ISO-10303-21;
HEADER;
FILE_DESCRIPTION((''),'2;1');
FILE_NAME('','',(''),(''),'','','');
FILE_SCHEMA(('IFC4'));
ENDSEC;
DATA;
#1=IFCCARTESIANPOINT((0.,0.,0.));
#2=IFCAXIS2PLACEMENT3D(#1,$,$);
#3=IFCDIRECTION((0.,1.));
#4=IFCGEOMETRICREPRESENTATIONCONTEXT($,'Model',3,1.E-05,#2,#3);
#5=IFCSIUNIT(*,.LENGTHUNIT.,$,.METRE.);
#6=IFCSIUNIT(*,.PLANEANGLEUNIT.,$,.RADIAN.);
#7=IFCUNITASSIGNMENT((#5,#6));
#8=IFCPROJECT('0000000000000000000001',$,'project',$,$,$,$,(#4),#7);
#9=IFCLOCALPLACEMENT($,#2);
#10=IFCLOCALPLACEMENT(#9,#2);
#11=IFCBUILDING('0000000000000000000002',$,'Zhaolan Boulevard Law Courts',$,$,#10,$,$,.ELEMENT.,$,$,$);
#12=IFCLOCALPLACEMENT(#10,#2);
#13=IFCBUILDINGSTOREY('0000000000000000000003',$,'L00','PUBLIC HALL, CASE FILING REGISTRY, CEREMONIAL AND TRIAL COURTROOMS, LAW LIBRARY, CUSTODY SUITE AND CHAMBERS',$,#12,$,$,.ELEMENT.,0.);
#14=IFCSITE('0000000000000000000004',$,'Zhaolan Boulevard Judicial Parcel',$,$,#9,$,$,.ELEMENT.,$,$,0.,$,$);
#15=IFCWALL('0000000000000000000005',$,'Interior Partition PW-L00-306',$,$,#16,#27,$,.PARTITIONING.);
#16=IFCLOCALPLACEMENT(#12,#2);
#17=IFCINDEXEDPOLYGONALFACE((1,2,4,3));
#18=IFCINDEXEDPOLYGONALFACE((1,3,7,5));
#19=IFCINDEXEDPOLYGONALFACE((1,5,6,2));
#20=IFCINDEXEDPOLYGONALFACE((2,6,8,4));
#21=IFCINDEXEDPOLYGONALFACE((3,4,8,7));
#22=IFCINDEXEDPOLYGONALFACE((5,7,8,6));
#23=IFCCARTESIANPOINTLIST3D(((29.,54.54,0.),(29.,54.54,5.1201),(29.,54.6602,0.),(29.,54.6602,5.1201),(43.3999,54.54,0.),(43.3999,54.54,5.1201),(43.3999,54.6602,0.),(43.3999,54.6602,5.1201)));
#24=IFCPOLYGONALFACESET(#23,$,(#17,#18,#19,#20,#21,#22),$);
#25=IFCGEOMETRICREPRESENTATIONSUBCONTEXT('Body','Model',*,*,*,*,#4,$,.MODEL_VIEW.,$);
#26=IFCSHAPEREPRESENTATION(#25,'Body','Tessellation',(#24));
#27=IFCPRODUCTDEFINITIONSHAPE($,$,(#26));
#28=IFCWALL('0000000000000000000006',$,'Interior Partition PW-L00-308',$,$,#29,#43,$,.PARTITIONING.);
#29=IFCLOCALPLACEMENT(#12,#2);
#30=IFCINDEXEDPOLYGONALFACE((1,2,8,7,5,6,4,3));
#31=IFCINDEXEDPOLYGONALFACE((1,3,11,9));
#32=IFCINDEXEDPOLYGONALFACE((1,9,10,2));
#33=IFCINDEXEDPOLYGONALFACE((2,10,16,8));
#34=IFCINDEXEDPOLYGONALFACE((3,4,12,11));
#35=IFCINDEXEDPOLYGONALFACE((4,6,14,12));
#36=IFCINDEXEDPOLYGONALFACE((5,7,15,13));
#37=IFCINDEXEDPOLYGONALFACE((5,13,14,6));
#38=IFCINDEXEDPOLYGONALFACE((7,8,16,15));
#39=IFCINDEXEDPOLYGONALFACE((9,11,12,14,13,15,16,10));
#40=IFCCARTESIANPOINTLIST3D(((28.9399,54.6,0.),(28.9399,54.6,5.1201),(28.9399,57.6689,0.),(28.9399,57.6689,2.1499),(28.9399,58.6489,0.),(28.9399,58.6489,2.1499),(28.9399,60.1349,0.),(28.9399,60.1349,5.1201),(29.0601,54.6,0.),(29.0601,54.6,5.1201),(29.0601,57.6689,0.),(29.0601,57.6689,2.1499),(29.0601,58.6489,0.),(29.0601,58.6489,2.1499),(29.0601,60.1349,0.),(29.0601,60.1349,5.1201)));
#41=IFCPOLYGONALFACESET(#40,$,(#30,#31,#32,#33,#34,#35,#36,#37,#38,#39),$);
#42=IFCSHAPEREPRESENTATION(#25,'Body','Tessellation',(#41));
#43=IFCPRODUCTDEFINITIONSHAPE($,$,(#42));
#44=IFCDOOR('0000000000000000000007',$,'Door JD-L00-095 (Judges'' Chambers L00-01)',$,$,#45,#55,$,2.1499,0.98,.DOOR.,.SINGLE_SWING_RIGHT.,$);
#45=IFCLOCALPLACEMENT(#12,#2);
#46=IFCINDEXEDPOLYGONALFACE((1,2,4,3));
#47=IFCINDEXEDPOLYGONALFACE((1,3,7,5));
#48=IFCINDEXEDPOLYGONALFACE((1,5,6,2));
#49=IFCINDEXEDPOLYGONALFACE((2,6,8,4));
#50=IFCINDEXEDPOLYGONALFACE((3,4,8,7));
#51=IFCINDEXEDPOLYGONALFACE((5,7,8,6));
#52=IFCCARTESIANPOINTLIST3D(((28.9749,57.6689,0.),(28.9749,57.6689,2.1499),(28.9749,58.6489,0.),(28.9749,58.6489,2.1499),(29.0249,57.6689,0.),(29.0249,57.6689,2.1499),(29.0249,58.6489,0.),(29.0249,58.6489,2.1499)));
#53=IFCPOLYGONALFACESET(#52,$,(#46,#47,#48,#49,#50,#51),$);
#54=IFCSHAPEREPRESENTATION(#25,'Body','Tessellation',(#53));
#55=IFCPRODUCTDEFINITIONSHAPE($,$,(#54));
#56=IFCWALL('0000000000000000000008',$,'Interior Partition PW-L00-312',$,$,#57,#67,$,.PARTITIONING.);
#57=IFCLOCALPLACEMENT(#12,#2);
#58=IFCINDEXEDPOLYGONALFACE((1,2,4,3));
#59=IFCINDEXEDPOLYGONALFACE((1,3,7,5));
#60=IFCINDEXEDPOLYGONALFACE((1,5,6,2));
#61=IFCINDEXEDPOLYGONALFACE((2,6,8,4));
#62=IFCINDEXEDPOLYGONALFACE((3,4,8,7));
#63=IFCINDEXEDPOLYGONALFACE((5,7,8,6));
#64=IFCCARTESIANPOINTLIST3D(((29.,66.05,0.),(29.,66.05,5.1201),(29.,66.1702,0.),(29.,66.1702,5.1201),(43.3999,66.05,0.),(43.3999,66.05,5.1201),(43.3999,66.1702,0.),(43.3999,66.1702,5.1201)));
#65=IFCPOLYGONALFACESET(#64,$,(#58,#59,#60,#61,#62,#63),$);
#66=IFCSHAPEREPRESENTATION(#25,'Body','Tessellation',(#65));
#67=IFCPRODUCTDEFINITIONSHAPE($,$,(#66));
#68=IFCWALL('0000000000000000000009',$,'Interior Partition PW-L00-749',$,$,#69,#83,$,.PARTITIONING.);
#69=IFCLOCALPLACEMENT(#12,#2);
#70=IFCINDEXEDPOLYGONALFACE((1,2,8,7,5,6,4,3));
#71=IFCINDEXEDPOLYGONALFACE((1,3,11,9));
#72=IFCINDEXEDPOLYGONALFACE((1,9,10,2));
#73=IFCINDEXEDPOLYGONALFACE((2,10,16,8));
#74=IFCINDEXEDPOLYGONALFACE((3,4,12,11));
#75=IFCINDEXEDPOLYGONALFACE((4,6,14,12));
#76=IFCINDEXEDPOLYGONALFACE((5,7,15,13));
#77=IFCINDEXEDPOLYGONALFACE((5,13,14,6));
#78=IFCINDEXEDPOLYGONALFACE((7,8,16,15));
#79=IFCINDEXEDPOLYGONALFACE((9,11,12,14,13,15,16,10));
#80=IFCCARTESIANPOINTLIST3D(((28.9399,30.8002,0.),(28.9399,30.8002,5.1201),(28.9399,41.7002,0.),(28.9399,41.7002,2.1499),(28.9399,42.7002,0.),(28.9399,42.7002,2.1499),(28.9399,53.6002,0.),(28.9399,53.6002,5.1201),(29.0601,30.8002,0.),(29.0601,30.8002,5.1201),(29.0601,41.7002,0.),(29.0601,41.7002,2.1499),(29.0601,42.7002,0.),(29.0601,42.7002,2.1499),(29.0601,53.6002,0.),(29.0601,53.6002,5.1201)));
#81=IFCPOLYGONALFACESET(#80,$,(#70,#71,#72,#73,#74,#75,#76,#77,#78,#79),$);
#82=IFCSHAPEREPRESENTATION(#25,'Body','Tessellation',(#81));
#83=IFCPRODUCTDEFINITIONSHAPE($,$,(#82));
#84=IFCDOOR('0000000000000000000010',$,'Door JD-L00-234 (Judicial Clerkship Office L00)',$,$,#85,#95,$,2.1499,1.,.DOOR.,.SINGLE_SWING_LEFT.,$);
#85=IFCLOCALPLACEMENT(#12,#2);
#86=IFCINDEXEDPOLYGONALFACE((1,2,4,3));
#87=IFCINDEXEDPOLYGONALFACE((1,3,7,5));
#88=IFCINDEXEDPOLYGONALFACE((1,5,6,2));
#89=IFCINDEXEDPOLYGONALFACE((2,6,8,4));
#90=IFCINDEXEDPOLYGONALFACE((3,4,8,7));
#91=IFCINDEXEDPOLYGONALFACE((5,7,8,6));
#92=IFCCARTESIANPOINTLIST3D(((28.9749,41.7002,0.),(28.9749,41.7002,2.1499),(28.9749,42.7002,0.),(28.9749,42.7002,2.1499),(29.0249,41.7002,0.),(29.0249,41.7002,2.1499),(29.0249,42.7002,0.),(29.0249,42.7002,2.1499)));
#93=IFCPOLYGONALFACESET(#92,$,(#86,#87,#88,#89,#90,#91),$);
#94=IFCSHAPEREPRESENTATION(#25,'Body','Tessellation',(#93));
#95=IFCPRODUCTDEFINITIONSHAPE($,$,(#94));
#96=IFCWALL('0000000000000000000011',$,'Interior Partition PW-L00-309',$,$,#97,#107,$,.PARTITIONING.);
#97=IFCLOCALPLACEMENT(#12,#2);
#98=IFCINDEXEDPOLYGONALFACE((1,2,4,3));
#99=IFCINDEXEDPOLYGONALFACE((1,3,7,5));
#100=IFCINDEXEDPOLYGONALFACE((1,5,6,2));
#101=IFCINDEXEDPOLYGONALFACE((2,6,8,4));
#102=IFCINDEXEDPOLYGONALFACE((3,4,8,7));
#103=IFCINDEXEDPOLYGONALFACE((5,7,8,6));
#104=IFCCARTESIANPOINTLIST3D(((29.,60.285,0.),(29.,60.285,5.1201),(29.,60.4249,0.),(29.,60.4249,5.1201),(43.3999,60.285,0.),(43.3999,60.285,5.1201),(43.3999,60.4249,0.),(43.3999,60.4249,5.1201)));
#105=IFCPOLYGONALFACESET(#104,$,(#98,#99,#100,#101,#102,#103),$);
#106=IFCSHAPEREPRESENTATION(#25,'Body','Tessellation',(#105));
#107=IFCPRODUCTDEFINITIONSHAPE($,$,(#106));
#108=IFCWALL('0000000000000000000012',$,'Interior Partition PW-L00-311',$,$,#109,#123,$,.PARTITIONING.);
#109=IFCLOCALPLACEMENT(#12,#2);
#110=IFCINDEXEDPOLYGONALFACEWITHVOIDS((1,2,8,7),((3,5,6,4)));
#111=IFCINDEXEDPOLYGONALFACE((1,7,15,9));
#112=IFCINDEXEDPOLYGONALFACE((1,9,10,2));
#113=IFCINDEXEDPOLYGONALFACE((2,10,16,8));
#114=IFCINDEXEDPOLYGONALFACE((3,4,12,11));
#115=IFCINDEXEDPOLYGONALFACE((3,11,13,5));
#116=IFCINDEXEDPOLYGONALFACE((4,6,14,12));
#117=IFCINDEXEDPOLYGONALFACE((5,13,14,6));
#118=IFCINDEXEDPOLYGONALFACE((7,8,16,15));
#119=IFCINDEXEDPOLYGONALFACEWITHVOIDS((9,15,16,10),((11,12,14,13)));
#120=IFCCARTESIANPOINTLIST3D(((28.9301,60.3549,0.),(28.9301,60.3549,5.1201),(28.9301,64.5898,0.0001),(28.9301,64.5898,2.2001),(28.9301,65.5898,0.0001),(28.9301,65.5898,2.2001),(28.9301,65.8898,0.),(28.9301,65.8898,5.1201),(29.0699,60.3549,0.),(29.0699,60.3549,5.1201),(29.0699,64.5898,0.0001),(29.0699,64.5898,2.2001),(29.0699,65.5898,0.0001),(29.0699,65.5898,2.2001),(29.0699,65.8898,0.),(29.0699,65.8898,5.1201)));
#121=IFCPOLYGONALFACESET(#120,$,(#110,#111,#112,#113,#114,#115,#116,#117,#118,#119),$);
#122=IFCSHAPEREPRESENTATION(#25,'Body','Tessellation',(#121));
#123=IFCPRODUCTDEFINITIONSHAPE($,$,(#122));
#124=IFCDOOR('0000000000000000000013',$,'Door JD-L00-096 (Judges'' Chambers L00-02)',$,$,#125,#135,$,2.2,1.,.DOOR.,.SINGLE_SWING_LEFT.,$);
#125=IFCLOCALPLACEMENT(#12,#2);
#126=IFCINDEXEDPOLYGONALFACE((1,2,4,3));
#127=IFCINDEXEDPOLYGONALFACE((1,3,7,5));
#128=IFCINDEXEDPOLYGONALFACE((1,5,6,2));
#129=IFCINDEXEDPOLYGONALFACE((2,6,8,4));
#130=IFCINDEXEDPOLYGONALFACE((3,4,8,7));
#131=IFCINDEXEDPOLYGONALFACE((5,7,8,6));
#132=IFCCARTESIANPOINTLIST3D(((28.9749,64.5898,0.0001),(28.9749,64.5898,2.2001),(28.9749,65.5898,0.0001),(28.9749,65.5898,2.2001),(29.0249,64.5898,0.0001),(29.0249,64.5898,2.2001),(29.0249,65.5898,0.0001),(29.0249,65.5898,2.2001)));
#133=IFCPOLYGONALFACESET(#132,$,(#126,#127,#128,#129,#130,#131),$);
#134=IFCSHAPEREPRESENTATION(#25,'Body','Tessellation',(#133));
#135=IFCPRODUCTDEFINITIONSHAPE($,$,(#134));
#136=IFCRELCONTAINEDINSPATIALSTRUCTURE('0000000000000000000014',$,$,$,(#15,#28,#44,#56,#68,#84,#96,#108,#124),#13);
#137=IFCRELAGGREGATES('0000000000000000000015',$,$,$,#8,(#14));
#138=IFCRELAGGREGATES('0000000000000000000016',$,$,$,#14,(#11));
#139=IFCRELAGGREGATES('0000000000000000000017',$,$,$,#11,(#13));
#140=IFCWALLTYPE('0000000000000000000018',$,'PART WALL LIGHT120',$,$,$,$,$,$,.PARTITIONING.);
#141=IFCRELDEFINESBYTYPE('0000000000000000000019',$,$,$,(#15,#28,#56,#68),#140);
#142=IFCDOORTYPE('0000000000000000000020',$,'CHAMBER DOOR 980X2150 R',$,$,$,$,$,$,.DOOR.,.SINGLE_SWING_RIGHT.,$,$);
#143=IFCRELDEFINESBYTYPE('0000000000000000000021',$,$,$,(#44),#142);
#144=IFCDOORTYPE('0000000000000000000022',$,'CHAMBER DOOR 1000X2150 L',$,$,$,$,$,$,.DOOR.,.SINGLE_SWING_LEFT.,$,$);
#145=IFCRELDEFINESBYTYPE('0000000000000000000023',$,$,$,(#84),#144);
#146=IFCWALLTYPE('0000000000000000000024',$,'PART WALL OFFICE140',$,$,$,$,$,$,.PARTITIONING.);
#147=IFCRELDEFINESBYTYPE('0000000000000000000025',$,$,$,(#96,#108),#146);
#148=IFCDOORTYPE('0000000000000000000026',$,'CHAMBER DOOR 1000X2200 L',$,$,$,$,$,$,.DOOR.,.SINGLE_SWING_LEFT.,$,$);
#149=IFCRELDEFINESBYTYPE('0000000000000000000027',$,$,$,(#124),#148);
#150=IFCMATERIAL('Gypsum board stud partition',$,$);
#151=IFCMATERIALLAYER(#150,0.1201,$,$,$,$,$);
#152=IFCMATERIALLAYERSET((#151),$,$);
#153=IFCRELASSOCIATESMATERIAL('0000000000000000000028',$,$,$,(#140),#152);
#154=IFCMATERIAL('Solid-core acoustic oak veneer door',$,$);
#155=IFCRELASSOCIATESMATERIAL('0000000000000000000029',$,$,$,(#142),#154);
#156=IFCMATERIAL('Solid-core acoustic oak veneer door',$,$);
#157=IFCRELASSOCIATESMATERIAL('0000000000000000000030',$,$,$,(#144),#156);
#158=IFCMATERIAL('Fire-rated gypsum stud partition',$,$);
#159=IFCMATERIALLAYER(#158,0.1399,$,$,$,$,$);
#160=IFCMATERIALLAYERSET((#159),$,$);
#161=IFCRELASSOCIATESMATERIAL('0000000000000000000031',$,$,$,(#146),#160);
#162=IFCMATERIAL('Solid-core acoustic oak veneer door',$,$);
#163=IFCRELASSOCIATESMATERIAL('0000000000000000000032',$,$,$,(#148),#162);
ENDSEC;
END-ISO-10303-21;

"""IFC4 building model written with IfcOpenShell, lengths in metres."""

from ifc_helpers import new_model, si_unit, direction, frame, frame_2d, origin, place, context, subcontext, project, spatial, rectangle, extrude, material, layer, layer_set, type_object, element, fill, save


model = new_model("IFC4")

# Units and contexts
model_context = context("Model", 3, precision=1e-05, world=origin(), true_north=direction((0.0, 1.0)))
body_context = subcontext(model_context, "Body", "Model", "MODEL_VIEW")
ifc_project = project(units=[si_unit("LENGTHUNIT", "METRE"), si_unit("PLANEANGLEUNIT", "RADIAN")], contexts=[model_context])

# Site, building, storey
site_placement = place(None, origin())
site = spatial("IfcSite", under=ifc_project, at=site_placement, Name="Zhaolan Boulevard Judicial Parcel", CompositionType="ELEMENT", RefElevation=0.0)
building_placement = place(site_placement, origin())
building = spatial("IfcBuilding", under=site, at=building_placement, Name="Zhaolan Boulevard Law Courts", CompositionType="ELEMENT")
storey_placement = place(building_placement, origin())
storey = spatial("IfcBuildingStorey", under=building, at=storey_placement, Name="L00", Description="PUBLIC HALL, CASE FILING REGISTRY, CEREMONIAL AND TRIAL COURTROOMS, LAW LIBRARY, CUSTODY SUITE AND CHAMBERS", CompositionType="ELEMENT", Elevation=0.0)

# Wall
ifc_material_1 = material(Name="Gypsum board stud partition")
ifc_layer_1 = layer(ifc_material_1, 0.1201)
ifc_layer_set_1 = layer_set([ifc_layer_1])
wall_type_1 = type_object("IfcWallType", Name="PART WALL LIGHT120", PredefinedType="PARTITIONING", material=ifc_layer_set_1)
wall_1_placement = place(storey_placement, frame((29.0, 54.6001, 0.0), z_axis=(0.0, 0.0, 1.0), x_axis=(1.0, 0.0, 0.0)))
element("IfcWall", 1, at=wall_1_placement, inside=storey, type_object=wall_type_1, Name="Interior Partition PW-L00-306", PredefinedType="PARTITIONING", context=body_context, shape_type="SweptSolid", body=[
    extrude(rectangle(XDim=14.3999, YDim=0.1201, at=frame_2d((7.2, 0.0))), origin(), (0.0, 0.0, 1.0), 5.1201),
])

# Wall, opening, door
wall_2_placement = place(storey_placement, frame((29.0, 60.135, 0.0), z_axis=(0.0, 0.0, 1.0), x_axis=(0.0, -1.0, 0.0)))
wall_2 = element("IfcWall", 2, at=wall_2_placement, inside=storey, type_object=wall_type_1, Name="Interior Partition PW-L00-308", PredefinedType="PARTITIONING", context=body_context, shape_type="SweptSolid", body=[
    extrude(rectangle(XDim=5.5349, YDim=0.1201, at=frame_2d((2.7676, 0.0))), origin(), (0.0, 0.0, 1.0), 5.1201),
])
opening_1_placement = place(wall_2_placement, frame((1.4861, 0.0, 0.0)))
opening_1 = element("IfcOpeningElement", 3, at=opening_1_placement, cuts=wall_2, PredefinedType="OPENING", context=body_context, shape_type="SweptSolid", body=[
    extrude(rectangle(XDim=0.98, YDim=2.1499, at=frame_2d((0.49, 1.075))), frame((0.0, 0.0701, 0.0), z_axis=(0.0, -1.0, 0.0), x_axis=(1.0, 0.0, 0.0)), (0.0, 0.0, 1.0), 0.1401),
])
ifc_material_2 = material(Name="Solid-core acoustic oak veneer door")
door_type_1 = type_object("IfcDoorType", Name="CHAMBER DOOR 980X2150 R", OperationType="SINGLE_SWING_RIGHT", PredefinedType="DOOR", material=ifc_material_2)
door_1_placement = place(opening_1_placement, origin())
door_1 = element("IfcDoor", 4, at=door_1_placement, inside=storey, type_object=door_type_1, Name="Door JD-L00-095 (Judges' Chambers L00-01)", OperationType="SINGLE_SWING_RIGHT", OverallHeight=2.1499, OverallWidth=0.98, PredefinedType="DOOR", context=body_context, shape_type="SweptSolid", body=[
    extrude(rectangle(XDim=0.98, YDim=2.1499, at=frame_2d((0.49, 1.075))), frame((0.0, 0.0249, 0.0), z_axis=(0.0, -1.0, 0.0), x_axis=(1.0, 0.0, 0.0)), (0.0, 0.0, 1.0), 0.05),
])
fill(opening_1, door_1)

# Wall
wall_3_placement = place(storey_placement, frame((29.0, 66.1101, 0.0), z_axis=(0.0, 0.0, 1.0), x_axis=(1.0, 0.0, 0.0)))
element("IfcWall", 5, at=wall_3_placement, inside=storey, type_object=wall_type_1, Name="Interior Partition PW-L00-312", PredefinedType="PARTITIONING", context=body_context, shape_type="SweptSolid", body=[
    extrude(rectangle(XDim=14.3999, YDim=0.1201, at=frame_2d((7.2, 0.0))), origin(), (0.0, 0.0, 1.0), 5.1201),
])

# Wall, opening, door
wall_4_placement = place(storey_placement, frame((29.0, 53.6001, 0.0), z_axis=(0.0, 0.0, 1.0), x_axis=(0.0, -1.0, 0.0)))
wall_4 = element("IfcWall", 6, at=wall_4_placement, inside=storey, type_object=wall_type_1, Name="Interior Partition PW-L00-749", PredefinedType="PARTITIONING", context=body_context, shape_type="SweptSolid", body=[
    extrude(rectangle(XDim=22.8, YDim=0.1201, at=frame_2d((11.3999, 0.0))), origin(), (0.0, 0.0, 1.0), 5.1201),
])
opening_2_placement = place(wall_4_placement, frame((10.8999, 0.0, 0.0)))
opening_2 = element("IfcOpeningElement", 7, at=opening_2_placement, cuts=wall_4, PredefinedType="OPENING", context=body_context, shape_type="SweptSolid", body=[
    extrude(rectangle(XDim=1.0, YDim=2.1499, at=frame_2d((0.5, 1.075))), frame((0.0, 0.0701, 0.0), z_axis=(0.0, -1.0, 0.0), x_axis=(1.0, 0.0, 0.0)), (0.0, 0.0, 1.0), 0.1401),
])
ifc_material_3 = material(Name="Solid-core acoustic oak veneer door")
door_type_2 = type_object("IfcDoorType", Name="CHAMBER DOOR 1000X2150 L", OperationType="SINGLE_SWING_LEFT", PredefinedType="DOOR", material=ifc_material_3)
door_2_placement = place(opening_2_placement, origin())
door_2 = element("IfcDoor", 8, at=door_2_placement, inside=storey, type_object=door_type_2, Name="Door JD-L00-234 (Judicial Clerkship Office L00)", OperationType="SINGLE_SWING_LEFT", OverallHeight=2.1499, OverallWidth=1.0, PredefinedType="DOOR", context=body_context, shape_type="SweptSolid", body=[
    extrude(rectangle(XDim=1.0, YDim=2.1499, at=frame_2d((0.5, 1.075))), frame((0.0, 0.0249, 0.0), z_axis=(0.0, -1.0, 0.0), x_axis=(1.0, 0.0, 0.0)), (0.0, 0.0, 1.0), 0.05),
])
fill(opening_2, door_2)

# Wall
ifc_material_4 = material(Name="Fire-rated gypsum stud partition")
ifc_layer_2 = layer(ifc_material_4, 0.1399)
ifc_layer_set_2 = layer_set([ifc_layer_2])
wall_type_2 = type_object("IfcWallType", Name="PART WALL OFFICE140", PredefinedType="PARTITIONING", material=ifc_layer_set_2)
wall_5_placement = place(storey_placement, frame((29.0, 60.355, 0.0), z_axis=(0.0, 0.0, 1.0), x_axis=(1.0, 0.0, 0.0)))
element("IfcWall", 9, at=wall_5_placement, inside=storey, type_object=wall_type_2, Name="Interior Partition PW-L00-309", PredefinedType="PARTITIONING", context=body_context, shape_type="SweptSolid", body=[
    extrude(rectangle(XDim=14.3999, YDim=0.1399, at=frame_2d((7.2, 0.0))), origin(), (0.0, 0.0, 1.0), 5.1201),
])

# Wall, opening, door
wall_6_placement = place(storey_placement, frame((29.0, 65.8899, 0.0), z_axis=(0.0, 0.0, 1.0), x_axis=(0.0, -1.0, 0.0)))
wall_6 = element("IfcWall", 10, at=wall_6_placement, inside=storey, type_object=wall_type_2, Name="Interior Partition PW-L00-311", PredefinedType="PARTITIONING", context=body_context, shape_type="SweptSolid", body=[
    extrude(rectangle(XDim=5.5349, YDim=0.1399, at=frame_2d((2.7676, 0.0))), origin(), (0.0, 0.0, 1.0), 5.1201),
])
opening_3_placement = place(wall_6_placement, frame((0.3, 0.0, 0.0)))
opening_3 = element("IfcOpeningElement", 11, at=opening_3_placement, cuts=wall_6, PredefinedType="OPENING", context=body_context, shape_type="SweptSolid", body=[
    extrude(rectangle(XDim=1.0, YDim=2.2, at=frame_2d((0.5, 1.1001))), frame((0.0, 0.0798, 0.0), z_axis=(0.0, -1.0, 0.0), x_axis=(1.0, 0.0, 0.0)), (0.0, 0.0, 1.0), 0.1599),
])
ifc_material_5 = material(Name="Solid-core acoustic oak veneer door")
door_type_3 = type_object("IfcDoorType", Name="CHAMBER DOOR 1000X2200 L", OperationType="SINGLE_SWING_LEFT", PredefinedType="DOOR", material=ifc_material_5)
door_3_placement = place(opening_3_placement, origin())
door_3 = element("IfcDoor", 12, at=door_3_placement, inside=storey, type_object=door_type_3, Name="Door JD-L00-096 (Judges' Chambers L00-02)", OperationType="SINGLE_SWING_LEFT", OverallHeight=2.2, OverallWidth=1.0, PredefinedType="DOOR", context=body_context, shape_type="SweptSolid", body=[
    extrude(rectangle(XDim=1.0, YDim=2.2, at=frame_2d((0.5, 1.1001))), frame((0.0, 0.0249, 0.0), z_axis=(0.0, -1.0, 0.0), x_axis=(1.0, 0.0, 0.0)), (0.0, 0.0, 1.0), 0.05),
])
fill(opening_3, door_3)

save(model, "model.ifc")
